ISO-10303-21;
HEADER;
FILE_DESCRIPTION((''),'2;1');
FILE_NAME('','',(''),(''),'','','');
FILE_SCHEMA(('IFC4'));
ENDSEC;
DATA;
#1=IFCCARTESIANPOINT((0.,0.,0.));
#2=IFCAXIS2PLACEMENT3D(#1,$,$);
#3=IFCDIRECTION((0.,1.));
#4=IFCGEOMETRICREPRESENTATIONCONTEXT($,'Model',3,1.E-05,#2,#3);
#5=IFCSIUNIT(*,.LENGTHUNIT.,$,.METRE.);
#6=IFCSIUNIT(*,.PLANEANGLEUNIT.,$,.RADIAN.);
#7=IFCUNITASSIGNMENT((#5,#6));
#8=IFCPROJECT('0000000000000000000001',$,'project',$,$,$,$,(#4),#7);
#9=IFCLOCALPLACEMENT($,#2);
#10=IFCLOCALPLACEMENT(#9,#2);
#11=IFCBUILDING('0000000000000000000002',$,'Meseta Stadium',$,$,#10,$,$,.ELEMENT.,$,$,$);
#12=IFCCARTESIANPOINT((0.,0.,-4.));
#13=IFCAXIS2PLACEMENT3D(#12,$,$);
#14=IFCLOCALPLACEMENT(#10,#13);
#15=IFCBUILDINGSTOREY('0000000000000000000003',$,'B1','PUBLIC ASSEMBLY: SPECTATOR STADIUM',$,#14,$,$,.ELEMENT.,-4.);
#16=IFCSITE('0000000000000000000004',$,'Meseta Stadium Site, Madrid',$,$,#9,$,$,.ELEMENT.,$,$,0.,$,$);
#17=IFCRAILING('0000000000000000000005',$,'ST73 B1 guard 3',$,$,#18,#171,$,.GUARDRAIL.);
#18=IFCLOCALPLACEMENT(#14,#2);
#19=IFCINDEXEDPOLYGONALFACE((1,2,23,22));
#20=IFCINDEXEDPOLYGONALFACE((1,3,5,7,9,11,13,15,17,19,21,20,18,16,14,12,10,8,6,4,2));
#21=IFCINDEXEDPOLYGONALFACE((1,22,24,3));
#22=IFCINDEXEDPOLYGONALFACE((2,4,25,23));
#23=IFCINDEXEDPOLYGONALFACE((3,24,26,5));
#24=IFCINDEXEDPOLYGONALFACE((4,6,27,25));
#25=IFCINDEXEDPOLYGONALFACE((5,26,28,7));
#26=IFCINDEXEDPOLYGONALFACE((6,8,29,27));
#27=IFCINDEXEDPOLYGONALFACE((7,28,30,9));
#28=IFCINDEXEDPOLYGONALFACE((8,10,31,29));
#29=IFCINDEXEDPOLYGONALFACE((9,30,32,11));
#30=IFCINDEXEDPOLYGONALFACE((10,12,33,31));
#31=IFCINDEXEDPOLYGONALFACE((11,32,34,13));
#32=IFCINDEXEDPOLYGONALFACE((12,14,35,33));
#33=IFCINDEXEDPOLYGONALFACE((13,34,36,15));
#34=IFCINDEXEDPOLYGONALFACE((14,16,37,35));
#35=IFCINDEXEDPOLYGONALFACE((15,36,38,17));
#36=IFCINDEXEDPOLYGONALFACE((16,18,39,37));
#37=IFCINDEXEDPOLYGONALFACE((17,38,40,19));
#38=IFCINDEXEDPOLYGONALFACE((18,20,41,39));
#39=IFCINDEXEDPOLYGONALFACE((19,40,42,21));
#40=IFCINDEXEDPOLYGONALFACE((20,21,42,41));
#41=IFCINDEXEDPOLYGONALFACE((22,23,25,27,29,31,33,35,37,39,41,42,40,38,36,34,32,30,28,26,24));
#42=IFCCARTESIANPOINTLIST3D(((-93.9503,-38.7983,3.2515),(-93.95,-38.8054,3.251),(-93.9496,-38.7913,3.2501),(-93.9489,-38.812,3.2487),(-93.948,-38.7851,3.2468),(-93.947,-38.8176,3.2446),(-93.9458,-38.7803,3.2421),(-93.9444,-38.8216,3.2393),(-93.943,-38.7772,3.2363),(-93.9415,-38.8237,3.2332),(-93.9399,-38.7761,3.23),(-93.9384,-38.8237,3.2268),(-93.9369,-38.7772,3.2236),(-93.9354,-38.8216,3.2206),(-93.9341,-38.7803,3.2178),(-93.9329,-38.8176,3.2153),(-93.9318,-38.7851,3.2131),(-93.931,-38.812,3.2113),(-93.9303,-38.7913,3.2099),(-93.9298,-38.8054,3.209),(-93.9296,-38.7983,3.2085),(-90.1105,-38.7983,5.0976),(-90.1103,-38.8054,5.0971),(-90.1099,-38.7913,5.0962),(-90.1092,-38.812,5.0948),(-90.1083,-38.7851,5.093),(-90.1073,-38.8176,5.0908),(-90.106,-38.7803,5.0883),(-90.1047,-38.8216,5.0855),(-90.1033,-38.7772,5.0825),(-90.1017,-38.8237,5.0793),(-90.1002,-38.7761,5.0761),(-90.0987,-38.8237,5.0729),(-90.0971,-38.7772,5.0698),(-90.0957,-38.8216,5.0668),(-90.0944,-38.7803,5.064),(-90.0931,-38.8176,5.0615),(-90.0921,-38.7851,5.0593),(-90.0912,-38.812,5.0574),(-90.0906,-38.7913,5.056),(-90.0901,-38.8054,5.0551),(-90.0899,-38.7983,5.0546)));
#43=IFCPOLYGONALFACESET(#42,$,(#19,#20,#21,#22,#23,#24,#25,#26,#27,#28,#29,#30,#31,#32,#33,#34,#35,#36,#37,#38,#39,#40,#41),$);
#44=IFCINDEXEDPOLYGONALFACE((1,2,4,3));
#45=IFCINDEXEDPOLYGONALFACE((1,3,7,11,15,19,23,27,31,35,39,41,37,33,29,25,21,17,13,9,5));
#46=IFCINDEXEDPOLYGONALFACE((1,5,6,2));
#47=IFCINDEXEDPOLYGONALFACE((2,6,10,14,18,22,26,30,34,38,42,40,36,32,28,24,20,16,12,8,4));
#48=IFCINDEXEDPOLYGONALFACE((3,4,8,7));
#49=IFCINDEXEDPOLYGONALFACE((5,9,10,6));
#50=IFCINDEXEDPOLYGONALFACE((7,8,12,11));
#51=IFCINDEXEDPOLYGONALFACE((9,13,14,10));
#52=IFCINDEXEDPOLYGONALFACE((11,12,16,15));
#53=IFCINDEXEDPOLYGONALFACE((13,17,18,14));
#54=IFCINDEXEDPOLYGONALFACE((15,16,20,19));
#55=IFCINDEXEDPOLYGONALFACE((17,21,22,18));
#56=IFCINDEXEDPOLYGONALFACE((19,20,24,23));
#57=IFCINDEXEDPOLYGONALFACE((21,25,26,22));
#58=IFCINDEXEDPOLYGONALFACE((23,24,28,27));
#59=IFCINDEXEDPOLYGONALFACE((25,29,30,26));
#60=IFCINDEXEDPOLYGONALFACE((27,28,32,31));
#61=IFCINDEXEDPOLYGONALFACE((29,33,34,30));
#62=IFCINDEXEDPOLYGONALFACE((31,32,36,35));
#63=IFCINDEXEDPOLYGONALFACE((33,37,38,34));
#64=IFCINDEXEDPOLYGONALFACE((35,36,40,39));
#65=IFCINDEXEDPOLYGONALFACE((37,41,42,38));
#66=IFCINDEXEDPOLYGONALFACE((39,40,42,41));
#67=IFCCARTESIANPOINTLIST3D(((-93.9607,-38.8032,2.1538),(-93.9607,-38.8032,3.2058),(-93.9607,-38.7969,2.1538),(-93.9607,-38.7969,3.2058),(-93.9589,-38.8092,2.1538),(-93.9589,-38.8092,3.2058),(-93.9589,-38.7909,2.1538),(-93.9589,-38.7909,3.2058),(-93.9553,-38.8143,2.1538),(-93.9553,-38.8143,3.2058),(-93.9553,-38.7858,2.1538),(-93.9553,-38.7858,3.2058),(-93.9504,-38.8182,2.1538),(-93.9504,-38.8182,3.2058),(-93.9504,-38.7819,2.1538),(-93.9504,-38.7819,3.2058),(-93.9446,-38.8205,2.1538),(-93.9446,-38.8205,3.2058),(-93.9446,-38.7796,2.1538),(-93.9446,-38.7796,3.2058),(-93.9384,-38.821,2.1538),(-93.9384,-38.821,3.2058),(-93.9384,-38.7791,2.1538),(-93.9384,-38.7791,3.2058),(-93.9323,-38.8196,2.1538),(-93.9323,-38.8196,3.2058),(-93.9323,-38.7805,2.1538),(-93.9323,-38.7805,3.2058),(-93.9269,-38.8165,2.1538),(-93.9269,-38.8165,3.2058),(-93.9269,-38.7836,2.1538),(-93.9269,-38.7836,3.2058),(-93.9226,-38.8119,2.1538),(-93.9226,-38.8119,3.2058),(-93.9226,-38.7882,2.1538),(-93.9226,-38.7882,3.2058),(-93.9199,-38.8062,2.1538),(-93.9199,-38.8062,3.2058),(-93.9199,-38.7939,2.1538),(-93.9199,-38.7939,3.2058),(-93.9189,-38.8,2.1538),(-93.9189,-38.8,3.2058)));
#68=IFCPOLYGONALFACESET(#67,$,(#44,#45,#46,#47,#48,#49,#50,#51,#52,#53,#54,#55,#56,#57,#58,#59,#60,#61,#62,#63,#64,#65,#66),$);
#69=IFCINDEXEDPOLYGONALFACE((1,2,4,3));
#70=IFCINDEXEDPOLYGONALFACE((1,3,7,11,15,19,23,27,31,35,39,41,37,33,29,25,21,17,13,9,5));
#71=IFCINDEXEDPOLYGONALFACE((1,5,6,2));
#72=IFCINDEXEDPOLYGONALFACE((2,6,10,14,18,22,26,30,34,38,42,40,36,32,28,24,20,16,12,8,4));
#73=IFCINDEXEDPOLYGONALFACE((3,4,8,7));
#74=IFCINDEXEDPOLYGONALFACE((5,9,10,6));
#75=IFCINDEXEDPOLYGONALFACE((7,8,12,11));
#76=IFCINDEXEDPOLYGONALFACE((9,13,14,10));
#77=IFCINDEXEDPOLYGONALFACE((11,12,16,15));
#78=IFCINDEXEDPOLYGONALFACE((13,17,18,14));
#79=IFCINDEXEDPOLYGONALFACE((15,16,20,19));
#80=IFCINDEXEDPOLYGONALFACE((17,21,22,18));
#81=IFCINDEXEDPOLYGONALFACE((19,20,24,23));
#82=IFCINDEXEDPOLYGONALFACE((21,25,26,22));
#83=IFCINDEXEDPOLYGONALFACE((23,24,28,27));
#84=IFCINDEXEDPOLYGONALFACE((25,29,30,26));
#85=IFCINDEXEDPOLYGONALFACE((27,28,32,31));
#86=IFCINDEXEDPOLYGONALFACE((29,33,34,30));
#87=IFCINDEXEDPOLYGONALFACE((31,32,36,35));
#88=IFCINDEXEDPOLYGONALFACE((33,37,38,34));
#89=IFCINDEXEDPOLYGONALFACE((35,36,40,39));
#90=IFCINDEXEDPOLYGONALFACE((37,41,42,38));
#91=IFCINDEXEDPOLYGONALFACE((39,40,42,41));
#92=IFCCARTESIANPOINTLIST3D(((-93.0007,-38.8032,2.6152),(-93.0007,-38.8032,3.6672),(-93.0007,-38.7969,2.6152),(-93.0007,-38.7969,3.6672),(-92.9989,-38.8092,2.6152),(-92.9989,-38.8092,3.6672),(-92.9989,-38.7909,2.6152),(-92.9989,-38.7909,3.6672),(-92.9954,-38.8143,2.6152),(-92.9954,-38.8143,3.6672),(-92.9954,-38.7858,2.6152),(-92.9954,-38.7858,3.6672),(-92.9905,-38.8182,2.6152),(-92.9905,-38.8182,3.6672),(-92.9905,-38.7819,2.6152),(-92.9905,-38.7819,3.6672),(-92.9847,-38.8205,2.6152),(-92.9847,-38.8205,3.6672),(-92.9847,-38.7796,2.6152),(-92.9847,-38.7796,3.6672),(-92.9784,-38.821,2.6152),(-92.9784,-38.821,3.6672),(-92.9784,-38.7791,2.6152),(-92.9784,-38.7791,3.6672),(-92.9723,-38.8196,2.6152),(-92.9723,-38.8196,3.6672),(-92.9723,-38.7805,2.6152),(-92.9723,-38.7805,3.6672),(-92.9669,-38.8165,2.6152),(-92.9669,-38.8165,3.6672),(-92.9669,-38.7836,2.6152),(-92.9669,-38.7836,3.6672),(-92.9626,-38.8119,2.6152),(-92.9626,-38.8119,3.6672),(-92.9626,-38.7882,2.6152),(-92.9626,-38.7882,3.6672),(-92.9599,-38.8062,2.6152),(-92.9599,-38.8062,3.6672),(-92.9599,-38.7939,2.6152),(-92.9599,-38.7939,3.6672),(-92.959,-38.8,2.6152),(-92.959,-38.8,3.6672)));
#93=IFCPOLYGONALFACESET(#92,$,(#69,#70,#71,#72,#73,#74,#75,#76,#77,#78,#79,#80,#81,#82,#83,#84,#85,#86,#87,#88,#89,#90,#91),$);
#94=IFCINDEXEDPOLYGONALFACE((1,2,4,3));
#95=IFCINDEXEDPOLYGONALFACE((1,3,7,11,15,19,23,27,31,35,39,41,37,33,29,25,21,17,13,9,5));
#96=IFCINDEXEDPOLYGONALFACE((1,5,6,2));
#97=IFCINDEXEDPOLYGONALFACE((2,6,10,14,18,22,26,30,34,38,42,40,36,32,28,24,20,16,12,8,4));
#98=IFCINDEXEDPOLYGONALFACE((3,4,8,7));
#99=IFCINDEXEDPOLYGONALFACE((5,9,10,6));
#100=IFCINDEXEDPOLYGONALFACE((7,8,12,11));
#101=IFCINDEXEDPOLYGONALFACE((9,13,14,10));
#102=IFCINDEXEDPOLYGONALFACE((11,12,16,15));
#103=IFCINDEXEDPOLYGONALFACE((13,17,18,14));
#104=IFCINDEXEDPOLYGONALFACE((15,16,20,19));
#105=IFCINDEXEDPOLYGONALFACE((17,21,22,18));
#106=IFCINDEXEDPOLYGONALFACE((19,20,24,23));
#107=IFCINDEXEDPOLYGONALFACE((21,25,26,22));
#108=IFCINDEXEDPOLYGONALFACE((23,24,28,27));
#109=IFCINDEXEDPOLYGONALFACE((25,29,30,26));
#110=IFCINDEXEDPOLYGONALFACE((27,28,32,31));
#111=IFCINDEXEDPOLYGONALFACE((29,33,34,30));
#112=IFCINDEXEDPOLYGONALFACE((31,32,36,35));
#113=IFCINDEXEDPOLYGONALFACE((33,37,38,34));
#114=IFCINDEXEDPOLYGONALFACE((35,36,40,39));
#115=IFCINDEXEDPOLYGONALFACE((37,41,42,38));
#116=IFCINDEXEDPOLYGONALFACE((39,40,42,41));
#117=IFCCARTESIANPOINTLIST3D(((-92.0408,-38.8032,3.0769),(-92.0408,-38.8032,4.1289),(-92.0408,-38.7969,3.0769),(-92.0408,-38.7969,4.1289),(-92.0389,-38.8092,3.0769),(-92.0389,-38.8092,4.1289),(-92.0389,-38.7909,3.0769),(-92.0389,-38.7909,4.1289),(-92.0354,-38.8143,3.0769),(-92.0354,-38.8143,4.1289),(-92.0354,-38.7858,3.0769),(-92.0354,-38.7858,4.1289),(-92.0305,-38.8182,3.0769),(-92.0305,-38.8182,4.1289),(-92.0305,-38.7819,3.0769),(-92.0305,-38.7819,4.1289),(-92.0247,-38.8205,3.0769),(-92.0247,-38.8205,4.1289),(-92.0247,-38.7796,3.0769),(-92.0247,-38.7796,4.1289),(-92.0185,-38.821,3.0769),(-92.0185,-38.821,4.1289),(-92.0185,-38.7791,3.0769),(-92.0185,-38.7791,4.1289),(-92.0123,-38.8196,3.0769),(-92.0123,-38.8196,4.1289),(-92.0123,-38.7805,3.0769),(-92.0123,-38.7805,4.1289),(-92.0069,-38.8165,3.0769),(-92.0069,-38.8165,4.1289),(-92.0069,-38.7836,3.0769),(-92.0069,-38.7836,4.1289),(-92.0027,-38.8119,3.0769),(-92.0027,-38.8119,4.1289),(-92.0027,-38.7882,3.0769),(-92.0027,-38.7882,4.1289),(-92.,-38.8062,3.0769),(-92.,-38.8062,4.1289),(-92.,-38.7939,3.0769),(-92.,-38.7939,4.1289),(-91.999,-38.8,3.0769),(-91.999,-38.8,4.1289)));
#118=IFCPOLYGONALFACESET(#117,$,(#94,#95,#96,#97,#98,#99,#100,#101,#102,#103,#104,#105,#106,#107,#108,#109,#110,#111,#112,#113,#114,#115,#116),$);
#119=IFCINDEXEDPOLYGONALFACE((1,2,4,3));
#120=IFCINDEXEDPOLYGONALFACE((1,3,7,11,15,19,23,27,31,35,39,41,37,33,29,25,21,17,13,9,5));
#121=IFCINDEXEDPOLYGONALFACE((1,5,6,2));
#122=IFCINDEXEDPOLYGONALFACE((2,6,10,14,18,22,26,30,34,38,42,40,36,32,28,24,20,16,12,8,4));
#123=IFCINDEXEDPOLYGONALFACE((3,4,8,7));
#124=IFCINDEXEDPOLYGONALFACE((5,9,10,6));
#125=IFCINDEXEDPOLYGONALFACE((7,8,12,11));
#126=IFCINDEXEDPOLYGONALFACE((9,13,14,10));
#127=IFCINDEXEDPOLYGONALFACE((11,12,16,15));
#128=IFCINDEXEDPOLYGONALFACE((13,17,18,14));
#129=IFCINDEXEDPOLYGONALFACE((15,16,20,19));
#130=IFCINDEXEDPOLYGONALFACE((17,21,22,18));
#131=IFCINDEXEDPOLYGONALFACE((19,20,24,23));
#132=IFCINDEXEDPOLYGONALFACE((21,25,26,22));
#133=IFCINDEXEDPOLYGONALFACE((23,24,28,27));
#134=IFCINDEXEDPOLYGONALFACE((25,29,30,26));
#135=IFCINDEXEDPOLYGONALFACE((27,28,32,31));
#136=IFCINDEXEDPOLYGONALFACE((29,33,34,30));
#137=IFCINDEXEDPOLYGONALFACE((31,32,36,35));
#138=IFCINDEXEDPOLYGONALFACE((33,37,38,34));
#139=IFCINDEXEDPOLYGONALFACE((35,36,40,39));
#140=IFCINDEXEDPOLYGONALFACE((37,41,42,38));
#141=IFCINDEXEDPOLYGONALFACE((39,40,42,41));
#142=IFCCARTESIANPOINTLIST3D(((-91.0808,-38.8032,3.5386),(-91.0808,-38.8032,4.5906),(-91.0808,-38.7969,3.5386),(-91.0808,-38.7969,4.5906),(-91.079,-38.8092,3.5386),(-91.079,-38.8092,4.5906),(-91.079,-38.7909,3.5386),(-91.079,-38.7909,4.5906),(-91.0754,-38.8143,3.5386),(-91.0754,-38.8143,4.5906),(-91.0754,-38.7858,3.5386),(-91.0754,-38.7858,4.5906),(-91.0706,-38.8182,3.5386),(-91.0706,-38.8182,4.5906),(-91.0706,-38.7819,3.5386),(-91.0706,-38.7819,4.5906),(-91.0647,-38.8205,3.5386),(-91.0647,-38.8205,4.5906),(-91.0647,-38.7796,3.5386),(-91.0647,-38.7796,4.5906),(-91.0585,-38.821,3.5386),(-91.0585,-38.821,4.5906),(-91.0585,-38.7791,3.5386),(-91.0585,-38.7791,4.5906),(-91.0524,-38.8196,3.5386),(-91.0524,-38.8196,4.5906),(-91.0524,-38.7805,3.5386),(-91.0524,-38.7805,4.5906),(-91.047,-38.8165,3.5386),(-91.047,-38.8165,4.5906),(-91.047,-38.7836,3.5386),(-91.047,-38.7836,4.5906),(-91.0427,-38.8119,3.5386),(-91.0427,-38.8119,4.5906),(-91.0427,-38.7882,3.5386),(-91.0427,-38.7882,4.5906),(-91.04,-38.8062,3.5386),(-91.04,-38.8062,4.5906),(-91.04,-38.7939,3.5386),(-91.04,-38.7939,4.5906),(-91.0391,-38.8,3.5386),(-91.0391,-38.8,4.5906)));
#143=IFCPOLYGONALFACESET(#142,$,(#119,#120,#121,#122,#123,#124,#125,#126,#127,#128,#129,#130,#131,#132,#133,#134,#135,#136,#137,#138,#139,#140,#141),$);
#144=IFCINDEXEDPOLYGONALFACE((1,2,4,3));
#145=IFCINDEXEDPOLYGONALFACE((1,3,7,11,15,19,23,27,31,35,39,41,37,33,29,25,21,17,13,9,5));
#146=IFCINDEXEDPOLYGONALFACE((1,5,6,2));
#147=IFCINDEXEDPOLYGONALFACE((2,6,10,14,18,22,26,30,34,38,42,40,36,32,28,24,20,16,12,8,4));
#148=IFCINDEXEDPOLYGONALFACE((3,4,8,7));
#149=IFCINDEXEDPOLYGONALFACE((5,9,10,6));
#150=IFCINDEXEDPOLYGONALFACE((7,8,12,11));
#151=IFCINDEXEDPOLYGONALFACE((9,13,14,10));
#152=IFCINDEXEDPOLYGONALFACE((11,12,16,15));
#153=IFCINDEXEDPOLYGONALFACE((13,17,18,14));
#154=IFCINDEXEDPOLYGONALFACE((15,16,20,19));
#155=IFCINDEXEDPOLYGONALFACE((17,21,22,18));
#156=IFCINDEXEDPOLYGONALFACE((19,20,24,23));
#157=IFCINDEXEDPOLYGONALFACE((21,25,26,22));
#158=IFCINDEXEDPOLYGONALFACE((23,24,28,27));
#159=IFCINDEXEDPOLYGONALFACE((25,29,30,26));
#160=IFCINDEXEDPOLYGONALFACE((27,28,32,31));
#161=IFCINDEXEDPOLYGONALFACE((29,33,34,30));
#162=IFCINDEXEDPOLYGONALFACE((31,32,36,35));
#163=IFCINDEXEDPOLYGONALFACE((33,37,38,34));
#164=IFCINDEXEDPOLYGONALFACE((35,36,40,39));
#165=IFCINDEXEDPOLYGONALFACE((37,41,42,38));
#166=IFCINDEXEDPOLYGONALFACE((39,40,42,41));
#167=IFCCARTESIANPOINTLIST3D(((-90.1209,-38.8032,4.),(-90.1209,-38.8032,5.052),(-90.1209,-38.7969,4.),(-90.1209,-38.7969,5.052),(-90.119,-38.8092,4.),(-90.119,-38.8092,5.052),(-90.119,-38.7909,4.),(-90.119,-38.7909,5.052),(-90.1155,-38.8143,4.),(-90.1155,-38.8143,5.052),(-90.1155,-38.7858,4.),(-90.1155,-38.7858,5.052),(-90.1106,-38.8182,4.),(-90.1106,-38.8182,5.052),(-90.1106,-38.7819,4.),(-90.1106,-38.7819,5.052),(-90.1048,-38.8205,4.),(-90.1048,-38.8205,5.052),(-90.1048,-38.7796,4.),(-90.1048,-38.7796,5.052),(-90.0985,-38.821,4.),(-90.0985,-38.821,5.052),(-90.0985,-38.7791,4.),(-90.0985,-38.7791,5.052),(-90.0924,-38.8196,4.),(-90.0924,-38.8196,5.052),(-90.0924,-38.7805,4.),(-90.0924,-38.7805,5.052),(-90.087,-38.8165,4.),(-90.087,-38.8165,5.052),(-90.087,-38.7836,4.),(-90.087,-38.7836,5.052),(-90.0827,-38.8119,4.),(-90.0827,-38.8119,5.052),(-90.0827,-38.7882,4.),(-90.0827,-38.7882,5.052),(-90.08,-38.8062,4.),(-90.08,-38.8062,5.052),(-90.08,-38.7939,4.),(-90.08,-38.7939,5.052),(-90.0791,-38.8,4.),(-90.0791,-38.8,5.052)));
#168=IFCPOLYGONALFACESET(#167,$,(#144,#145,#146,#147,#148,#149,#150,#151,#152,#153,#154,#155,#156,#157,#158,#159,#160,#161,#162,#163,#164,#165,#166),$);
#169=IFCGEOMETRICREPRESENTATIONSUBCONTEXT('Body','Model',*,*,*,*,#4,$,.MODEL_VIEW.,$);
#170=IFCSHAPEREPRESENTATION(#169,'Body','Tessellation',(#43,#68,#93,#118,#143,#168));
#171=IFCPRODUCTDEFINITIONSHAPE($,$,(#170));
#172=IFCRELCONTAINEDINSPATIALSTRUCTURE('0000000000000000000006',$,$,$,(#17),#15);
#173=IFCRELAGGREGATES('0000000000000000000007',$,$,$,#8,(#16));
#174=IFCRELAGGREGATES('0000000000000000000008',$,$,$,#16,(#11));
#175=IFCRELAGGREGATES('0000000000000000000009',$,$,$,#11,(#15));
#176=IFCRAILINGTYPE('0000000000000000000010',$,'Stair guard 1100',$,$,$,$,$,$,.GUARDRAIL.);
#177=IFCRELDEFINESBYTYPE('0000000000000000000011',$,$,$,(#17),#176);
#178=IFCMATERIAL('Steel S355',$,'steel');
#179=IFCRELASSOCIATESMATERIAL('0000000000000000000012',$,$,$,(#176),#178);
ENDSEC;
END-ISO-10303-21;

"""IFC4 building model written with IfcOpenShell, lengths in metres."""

from ifc_helpers import new_model, si_unit, direction, frame, origin, origin_2d, place, context, subcontext, project, spatial, circle, extrude, material, type_object, element, save


model = new_model("IFC4")

# Units and contexts
model_context = context("Model", 3, precision=1e-05, world=origin(), true_north=direction((0.0, 1.0)))
body_context = subcontext(model_context, "Body", "Model", "MODEL_VIEW")
ifc_project = project(units=[si_unit("LENGTHUNIT", "METRE"), si_unit("PLANEANGLEUNIT", "RADIAN")], contexts=[model_context])

# Site, building, storey
site_placement = place(None, origin())
site = spatial("IfcSite", under=ifc_project, at=site_placement, Name="Meseta Stadium Site, Madrid", CompositionType="ELEMENT", RefElevation=0.0)
building_placement = place(site_placement, origin())
building = spatial("IfcBuilding", under=site, at=building_placement, Name="Meseta Stadium", CompositionType="ELEMENT")
storey_placement = place(building_placement, frame((0.0, 0.0, -4.0)))
storey = spatial("IfcBuildingStorey", under=building, at=storey_placement, Name="B1", Description="PUBLIC ASSEMBLY: SPECTATOR STADIUM", CompositionType="ELEMENT", Elevation=-4.0)

# Railing
ifc_material_1 = material(Name="Steel S355", Category="steel")
railing_type_1 = type_object("IfcRailingType", Name="Stair guard 1100", PredefinedType="GUARDRAIL", material=ifc_material_1)
railing_1_placement = place(storey_placement, frame((-93.9399, -38.8, 2.1538)))
element("IfcRailing", 1, at=railing_1_placement, inside=storey, type_object=railing_type_1, Name="ST73 B1 guard 3", PredefinedType="GUARDRAIL", context=body_context, shape_type="SweptSolid", body=[
    extrude(circle(Radius=0.0239, at=origin_2d()), frame((0.0, 0.0, 1.0762), z_axis=(0.901242, 0.0, 0.433316), x_axis=(0.0, 1.0, 0.0)), (0.0, 0.0, 1.0), 4.2605),
    extrude(circle(Radius=0.021, at=origin_2d()), origin(), (0.0, 0.0, 1.0), 1.052),
    extrude(circle(Radius=0.021, at=origin_2d()), frame((0.96, 0.0, 0.4614)), (0.0, 0.0, 1.0), 1.052),
    extrude(circle(Radius=0.021, at=origin_2d()), frame((1.9199, 0.0, 0.9231)), (0.0, 0.0, 1.0), 1.052),
    extrude(circle(Radius=0.021, at=origin_2d()), frame((2.8799, 0.0, 1.3848)), (0.0, 0.0, 1.0), 1.052),
    extrude(circle(Radius=0.021, at=origin_2d()), frame((3.8398, 0.0, 1.8462)), (0.0, 0.0, 1.0), 1.052),
])

save(model, "model.ifc")
